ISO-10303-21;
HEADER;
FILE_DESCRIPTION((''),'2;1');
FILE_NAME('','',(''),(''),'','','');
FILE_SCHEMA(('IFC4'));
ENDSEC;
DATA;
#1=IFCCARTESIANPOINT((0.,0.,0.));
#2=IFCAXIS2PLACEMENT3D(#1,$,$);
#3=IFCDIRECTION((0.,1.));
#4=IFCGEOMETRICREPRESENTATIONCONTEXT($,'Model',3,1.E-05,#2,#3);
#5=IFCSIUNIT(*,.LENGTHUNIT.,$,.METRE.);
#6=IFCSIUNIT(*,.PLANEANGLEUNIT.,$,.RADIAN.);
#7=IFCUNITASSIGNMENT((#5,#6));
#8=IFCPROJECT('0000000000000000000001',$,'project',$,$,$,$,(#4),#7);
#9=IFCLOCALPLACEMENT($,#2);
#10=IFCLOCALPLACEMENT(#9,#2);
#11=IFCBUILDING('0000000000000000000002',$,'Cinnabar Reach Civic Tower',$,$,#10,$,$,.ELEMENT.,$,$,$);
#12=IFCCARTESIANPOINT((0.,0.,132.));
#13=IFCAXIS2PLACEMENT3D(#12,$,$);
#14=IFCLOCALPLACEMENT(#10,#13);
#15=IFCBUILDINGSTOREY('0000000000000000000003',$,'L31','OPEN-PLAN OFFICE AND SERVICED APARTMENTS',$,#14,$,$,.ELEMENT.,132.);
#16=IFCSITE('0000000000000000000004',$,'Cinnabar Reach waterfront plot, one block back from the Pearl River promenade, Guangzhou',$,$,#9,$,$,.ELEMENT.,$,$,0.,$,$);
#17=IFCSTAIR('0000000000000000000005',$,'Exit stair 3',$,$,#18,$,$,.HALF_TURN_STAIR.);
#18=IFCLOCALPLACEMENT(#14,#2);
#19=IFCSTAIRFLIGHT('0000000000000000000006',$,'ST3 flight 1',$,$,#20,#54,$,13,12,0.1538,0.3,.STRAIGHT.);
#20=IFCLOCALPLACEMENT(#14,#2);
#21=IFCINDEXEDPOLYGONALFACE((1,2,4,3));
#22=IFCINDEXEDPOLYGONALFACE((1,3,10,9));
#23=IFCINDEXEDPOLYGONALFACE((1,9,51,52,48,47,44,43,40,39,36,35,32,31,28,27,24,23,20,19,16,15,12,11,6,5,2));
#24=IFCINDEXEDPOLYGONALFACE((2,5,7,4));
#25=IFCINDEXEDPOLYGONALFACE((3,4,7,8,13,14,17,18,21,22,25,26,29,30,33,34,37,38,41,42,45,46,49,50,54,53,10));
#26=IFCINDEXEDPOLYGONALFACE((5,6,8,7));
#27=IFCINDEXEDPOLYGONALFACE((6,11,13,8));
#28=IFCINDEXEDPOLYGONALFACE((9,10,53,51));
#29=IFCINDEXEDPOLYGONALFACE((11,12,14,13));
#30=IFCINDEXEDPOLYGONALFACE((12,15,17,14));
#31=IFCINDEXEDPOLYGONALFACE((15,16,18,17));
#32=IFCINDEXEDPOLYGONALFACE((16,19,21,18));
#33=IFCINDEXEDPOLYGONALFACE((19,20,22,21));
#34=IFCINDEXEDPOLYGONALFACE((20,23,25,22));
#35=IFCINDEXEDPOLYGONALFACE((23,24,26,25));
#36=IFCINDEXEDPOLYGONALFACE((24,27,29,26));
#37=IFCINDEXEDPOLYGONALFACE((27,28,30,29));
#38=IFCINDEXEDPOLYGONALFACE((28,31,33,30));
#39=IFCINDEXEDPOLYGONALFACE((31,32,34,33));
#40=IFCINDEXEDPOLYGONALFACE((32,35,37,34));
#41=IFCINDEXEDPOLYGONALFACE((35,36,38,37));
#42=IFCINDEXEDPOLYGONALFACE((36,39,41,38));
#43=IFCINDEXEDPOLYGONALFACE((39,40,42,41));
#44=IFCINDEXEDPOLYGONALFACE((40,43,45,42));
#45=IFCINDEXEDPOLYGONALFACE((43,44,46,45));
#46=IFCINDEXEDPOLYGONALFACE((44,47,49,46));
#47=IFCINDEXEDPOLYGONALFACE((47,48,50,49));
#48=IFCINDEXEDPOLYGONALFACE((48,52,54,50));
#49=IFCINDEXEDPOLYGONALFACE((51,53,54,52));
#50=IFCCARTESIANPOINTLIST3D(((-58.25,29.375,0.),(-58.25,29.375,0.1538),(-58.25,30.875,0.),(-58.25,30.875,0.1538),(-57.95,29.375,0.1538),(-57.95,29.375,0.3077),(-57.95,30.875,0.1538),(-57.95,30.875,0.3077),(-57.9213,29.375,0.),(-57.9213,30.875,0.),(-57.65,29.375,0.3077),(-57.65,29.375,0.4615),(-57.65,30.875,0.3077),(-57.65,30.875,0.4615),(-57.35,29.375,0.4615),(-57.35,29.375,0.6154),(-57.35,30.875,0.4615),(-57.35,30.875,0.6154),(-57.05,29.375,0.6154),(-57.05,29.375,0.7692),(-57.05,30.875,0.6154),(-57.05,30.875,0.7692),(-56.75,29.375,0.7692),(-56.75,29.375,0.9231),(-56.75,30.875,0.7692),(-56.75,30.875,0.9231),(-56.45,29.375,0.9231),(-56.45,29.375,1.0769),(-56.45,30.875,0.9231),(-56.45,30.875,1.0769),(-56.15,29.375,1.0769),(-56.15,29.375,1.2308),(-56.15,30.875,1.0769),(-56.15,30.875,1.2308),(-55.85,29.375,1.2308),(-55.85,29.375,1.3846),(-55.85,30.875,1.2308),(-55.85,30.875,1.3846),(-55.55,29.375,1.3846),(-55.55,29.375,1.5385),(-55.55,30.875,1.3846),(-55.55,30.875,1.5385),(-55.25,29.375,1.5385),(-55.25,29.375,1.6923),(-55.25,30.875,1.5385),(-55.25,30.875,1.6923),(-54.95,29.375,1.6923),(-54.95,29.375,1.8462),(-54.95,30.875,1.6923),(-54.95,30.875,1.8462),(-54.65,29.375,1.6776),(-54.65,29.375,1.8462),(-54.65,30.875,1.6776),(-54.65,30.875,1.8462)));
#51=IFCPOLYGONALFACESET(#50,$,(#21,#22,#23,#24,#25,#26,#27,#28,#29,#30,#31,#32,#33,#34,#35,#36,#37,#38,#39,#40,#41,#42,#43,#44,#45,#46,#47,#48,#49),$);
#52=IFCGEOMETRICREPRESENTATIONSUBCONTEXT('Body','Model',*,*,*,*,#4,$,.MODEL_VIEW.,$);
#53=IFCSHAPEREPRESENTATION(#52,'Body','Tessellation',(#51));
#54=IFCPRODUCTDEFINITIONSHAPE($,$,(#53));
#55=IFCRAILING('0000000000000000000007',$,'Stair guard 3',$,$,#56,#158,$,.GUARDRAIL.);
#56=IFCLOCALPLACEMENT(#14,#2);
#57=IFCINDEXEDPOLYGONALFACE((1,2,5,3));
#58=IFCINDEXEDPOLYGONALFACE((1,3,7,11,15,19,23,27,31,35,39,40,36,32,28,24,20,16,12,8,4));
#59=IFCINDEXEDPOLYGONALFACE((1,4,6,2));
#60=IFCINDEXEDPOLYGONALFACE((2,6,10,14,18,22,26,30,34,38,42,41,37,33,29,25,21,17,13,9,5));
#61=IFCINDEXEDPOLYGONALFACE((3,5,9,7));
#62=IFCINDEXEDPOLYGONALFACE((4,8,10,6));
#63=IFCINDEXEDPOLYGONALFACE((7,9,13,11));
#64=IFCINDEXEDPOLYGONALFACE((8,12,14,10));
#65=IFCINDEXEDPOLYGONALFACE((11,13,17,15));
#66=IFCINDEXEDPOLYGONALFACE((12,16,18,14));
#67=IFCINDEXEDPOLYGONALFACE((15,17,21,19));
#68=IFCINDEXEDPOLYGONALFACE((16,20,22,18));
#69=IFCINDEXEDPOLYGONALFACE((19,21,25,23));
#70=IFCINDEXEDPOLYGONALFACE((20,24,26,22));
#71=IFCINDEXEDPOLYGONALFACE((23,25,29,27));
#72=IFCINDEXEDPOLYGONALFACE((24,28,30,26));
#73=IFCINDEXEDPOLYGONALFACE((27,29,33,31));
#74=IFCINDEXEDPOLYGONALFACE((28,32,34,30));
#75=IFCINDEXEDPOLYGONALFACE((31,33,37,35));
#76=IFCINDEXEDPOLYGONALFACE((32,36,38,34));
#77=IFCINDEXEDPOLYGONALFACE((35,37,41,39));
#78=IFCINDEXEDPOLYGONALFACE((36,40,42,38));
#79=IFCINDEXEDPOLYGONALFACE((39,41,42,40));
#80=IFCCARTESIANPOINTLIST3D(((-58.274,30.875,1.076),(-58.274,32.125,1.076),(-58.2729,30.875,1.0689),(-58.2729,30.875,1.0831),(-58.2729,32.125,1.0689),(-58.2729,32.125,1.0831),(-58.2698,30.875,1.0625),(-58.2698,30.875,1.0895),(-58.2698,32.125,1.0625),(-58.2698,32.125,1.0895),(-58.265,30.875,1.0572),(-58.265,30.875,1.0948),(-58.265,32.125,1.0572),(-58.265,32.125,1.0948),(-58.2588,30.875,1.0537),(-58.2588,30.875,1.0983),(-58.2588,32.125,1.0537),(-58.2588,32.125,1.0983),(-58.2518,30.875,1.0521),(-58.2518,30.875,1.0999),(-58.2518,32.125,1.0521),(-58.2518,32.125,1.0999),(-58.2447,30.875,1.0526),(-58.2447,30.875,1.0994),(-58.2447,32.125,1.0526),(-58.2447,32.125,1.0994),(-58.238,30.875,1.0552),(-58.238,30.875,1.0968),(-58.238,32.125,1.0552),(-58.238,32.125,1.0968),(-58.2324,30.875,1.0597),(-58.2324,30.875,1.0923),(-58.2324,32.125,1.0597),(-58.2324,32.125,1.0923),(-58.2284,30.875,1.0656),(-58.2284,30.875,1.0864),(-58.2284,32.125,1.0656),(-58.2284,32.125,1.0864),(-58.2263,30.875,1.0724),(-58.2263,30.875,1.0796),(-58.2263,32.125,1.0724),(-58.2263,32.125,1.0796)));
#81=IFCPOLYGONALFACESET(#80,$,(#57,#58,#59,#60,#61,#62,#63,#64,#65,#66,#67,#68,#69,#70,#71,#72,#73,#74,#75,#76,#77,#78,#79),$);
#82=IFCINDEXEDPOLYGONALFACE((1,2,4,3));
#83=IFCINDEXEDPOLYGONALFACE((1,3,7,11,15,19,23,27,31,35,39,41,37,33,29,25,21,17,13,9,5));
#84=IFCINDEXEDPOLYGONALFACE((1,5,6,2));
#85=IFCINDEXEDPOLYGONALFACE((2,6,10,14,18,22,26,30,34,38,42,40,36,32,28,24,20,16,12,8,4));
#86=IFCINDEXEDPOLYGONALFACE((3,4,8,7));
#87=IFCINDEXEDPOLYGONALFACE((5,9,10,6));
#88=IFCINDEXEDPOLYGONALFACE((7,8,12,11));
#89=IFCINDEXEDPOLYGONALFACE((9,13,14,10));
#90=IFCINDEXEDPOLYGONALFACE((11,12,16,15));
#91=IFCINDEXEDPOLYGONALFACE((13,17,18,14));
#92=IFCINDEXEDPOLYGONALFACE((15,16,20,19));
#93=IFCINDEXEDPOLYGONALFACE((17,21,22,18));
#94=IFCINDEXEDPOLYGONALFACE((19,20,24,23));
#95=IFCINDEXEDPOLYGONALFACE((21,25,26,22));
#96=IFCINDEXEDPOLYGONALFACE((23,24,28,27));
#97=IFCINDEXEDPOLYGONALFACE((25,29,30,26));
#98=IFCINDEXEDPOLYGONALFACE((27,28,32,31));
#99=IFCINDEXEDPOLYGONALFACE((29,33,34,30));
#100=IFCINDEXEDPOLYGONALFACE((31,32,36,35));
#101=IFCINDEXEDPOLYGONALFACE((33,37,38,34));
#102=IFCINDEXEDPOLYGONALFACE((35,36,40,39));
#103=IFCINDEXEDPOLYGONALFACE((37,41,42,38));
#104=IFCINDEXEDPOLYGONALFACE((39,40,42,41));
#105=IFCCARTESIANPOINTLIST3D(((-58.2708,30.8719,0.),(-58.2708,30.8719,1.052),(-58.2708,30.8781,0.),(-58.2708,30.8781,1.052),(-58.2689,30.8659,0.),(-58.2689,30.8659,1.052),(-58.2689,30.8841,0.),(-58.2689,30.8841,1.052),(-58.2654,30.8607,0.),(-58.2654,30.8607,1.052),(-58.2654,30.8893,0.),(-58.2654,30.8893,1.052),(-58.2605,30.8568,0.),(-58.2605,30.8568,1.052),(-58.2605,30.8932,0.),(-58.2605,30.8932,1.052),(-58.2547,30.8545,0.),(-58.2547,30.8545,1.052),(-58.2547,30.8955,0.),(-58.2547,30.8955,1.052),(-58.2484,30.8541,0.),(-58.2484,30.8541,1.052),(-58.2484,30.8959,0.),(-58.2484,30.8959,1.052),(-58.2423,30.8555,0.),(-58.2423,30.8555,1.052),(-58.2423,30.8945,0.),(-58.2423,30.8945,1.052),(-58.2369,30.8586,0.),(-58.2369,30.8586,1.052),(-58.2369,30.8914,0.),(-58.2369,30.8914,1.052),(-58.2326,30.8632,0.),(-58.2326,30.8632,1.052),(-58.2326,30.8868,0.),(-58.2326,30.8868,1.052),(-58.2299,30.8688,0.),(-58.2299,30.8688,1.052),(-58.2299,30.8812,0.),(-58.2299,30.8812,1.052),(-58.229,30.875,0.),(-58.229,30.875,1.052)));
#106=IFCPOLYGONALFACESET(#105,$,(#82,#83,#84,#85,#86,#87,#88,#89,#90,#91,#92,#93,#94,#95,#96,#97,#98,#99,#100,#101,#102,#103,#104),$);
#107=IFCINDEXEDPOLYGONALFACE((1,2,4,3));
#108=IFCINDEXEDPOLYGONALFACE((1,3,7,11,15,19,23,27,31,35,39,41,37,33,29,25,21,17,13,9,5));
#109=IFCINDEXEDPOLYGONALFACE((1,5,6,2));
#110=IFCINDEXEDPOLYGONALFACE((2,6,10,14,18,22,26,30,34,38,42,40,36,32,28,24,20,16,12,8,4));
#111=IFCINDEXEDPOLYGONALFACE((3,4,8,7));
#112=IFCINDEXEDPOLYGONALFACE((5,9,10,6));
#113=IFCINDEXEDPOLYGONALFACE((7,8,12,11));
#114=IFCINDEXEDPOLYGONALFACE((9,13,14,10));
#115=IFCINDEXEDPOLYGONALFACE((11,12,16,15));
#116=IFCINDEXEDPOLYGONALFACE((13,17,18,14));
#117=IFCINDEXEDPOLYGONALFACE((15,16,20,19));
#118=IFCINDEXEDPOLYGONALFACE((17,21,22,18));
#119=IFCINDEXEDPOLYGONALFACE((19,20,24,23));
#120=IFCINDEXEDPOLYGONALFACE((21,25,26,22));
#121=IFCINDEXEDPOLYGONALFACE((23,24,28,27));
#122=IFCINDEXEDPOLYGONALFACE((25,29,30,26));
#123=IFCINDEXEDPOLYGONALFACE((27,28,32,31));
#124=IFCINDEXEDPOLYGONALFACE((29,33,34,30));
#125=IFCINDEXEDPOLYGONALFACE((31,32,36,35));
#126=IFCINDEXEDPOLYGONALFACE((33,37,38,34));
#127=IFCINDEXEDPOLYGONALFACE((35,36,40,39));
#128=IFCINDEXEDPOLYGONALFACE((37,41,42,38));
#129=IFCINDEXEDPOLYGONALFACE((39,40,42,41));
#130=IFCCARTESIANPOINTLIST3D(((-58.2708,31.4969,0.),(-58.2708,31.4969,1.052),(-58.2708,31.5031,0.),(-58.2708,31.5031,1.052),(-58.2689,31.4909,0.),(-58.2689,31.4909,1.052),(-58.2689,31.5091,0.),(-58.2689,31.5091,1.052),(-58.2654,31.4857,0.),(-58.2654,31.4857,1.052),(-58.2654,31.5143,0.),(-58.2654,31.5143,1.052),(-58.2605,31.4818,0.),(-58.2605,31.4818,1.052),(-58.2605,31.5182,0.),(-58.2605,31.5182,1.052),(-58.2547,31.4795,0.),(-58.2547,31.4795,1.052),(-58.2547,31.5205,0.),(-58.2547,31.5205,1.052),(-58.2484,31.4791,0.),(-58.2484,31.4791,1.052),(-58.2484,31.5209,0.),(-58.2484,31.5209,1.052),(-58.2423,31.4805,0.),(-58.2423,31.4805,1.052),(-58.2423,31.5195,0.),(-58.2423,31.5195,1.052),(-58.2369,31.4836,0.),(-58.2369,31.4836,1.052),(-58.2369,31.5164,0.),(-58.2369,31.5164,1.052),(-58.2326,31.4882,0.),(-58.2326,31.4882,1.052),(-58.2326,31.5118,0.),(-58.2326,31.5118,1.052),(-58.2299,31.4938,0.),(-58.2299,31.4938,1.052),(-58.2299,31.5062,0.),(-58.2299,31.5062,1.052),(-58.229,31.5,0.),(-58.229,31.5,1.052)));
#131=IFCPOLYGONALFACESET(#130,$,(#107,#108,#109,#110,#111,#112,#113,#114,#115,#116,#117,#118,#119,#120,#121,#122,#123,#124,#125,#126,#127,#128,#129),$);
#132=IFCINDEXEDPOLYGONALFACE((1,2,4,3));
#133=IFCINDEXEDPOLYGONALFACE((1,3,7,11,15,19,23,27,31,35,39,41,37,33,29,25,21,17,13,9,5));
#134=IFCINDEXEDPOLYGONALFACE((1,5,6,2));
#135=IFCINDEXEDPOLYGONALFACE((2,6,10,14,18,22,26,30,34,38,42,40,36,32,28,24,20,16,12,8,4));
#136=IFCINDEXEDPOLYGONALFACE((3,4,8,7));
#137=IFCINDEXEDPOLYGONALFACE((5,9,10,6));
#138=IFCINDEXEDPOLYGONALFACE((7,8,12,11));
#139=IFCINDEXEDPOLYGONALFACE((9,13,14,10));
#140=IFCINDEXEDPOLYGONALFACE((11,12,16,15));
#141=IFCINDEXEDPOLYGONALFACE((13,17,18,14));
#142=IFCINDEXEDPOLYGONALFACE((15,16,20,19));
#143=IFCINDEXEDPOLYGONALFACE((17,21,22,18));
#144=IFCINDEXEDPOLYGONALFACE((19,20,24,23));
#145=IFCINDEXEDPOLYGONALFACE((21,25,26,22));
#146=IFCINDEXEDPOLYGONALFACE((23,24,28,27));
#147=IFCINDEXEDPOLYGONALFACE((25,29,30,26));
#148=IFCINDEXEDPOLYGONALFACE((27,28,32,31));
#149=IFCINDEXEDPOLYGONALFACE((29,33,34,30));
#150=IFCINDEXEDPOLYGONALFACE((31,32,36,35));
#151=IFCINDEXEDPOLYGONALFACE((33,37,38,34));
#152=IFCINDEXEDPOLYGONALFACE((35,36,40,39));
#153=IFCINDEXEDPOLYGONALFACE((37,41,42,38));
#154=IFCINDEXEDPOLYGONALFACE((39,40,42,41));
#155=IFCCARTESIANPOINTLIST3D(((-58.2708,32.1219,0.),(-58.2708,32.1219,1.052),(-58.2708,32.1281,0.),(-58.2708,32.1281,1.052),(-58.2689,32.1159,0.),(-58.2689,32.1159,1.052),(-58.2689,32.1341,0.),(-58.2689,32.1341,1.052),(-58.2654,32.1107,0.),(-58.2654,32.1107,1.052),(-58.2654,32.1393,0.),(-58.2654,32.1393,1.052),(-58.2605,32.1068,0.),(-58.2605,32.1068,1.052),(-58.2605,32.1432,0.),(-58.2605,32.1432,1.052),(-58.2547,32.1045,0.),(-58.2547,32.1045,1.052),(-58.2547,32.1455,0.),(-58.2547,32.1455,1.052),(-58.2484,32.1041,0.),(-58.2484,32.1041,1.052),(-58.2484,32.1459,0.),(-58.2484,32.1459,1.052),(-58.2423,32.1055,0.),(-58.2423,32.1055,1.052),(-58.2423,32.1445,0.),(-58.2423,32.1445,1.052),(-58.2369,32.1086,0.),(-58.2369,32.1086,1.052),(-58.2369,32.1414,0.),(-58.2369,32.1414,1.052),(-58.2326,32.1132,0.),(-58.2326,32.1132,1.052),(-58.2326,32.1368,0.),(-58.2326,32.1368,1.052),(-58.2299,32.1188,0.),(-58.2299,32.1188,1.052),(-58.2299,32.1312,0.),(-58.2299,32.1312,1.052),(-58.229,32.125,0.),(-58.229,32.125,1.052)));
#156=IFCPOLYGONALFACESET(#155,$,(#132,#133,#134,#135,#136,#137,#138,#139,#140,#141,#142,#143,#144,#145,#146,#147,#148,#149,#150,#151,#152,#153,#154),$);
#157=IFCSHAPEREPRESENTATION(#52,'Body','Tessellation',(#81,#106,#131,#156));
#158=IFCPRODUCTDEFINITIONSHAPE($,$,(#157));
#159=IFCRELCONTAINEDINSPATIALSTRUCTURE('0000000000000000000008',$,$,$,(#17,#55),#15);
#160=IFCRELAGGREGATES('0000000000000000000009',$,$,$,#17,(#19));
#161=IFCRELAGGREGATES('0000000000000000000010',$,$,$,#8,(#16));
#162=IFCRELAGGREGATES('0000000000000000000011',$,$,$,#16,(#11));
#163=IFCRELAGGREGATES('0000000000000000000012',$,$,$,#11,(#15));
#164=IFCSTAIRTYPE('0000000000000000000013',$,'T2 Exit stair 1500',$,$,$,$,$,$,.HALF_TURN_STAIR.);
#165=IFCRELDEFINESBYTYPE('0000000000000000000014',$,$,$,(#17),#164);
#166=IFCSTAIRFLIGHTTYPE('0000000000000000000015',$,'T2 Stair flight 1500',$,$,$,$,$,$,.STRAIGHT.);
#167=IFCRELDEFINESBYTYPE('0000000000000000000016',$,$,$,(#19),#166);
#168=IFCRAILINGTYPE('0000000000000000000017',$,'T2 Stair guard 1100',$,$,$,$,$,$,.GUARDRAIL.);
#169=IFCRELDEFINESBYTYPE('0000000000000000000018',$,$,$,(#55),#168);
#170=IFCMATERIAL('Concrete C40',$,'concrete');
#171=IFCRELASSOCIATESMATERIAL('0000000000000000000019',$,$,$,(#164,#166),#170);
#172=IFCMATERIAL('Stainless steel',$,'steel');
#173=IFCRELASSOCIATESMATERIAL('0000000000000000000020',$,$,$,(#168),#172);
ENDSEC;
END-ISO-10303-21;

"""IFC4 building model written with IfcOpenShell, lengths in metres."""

from ifc_helpers import new_model, si_unit, direction, frame, origin, origin_2d, place, context, subcontext, project, spatial, polyline, circle, outline, extrude, material, type_object, element, aggregate, save


model = new_model("IFC4")

# Units and contexts
model_context = context("Model", 3, precision=1e-05, world=origin(), true_north=direction((0.0, 1.0)))
body_context = subcontext(model_context, "Body", "Model", "MODEL_VIEW")
ifc_project = project(units=[si_unit("LENGTHUNIT", "METRE"), si_unit("PLANEANGLEUNIT", "RADIAN")], contexts=[model_context])

# Site, building, storey
site_placement = place(None, origin())
site = spatial("IfcSite", under=ifc_project, at=site_placement, Name="Cinnabar Reach waterfront plot, one block back from the Pearl River promenade, Guangzhou", CompositionType="ELEMENT", RefElevation=0.0)
building_placement = place(site_placement, origin())
building = spatial("IfcBuilding", under=site, at=building_placement, Name="Cinnabar Reach Civic Tower", CompositionType="ELEMENT")
storey_placement = place(building_placement, frame((0.0, 0.0, 132.0)))
storey = spatial("IfcBuildingStorey", under=building, at=storey_placement, Name="L31", Description="OPEN-PLAN OFFICE AND SERVICED APARTMENTS", CompositionType="ELEMENT", Elevation=132.0)

# Stair, stair flight
ifc_material_1 = material(Name="Concrete C40", Category="concrete")
stair_type = type_object("IfcStairType", Name="T2 Exit stair 1500", PredefinedType="HALF_TURN_STAIR", material=ifc_material_1)
stair_placement = place(storey_placement, origin())
stair = element("IfcStair", 1, at=stair_placement, inside=storey, type_object=stair_type, Name="Exit stair 3", PredefinedType="HALF_TURN_STAIR")
stair_flight_type = type_object("IfcStairFlightType", Name="T2 Stair flight 1500", PredefinedType="STRAIGHT", material=ifc_material_1)
stair_flight_placement = place(storey_placement, frame((-58.25, 30.125, 0.0), z_axis=(0.0, 0.0, 1.0), x_axis=(1.0, 0.0, 0.0)))
stair_flight = element("IfcStairFlight", 2, at=stair_flight_placement, type_object=stair_flight_type, Name="ST3 flight 1", NumberOfRisers=13, NumberOfTreads=12, PredefinedType="STRAIGHT", RiserHeight=0.1538, TreadLength=0.3, context=body_context, shape_type="SweptSolid", body=[
    extrude(outline(polyline([(0.0, 0.0), (0.0, 0.1538), (0.3, 0.1538), (0.3, 0.3077), (0.6, 0.3077), (0.6, 0.4615), (0.9, 0.4615), (0.9, 0.6154), (1.2, 0.6154), (1.2, 0.7692), (1.5, 0.7692), (1.5, 0.9231), (1.8, 0.9231), (1.8, 1.0769), (2.1, 1.0769), (2.1, 1.2308), (2.4, 1.2308), (2.4, 1.3846), (2.7, 1.3846), (2.7, 1.5385), (3.0, 1.5385), (3.0, 1.6923), (3.3, 1.6923), (3.3, 1.8462), (3.6, 1.8462), (3.6, 2.0), (3.6, 1.6776), (0.3287, 0.0), (0.0, 0.0)])), frame((0.0, 0.75, 0.0), z_axis=(0.0, -1.0, 0.0), x_axis=(1.0, 0.0, 0.0)), (0.0, 0.0, 1.0), 1.5),
])
aggregate(stair, [stair_flight])

# Railing
ifc_material_2 = material(Name="Stainless steel", Category="steel")
railing_type = type_object("IfcRailingType", Name="T2 Stair guard 1100", PredefinedType="GUARDRAIL", material=ifc_material_2)
for number, where, name in (
    (3, (-58.25, 30.875, 0.0), "Stair guard 3"),
):
    element("IfcRailing", number, at=place(storey_placement, frame(where)), inside=storey, type_object=railing_type, Name=name, PredefinedType="GUARDRAIL", context=body_context, shape_type="SweptSolid", body=[
        extrude(circle(Radius=0.024, at=origin_2d()), frame((0.0, 0.0, 1.076), z_axis=(0.0, 1.0, 0.0), x_axis=(-1.0, 0.0, 0.0)), (0.0, 0.0, 1.0), 1.25),
        extrude(circle(Radius=0.021, at=origin_2d()), origin(), (0.0, 0.0, 1.0), 1.052),
        extrude(circle(Radius=0.021, at=origin_2d()), frame((0.0, 0.625, 0.0)), (0.0, 0.0, 1.0), 1.052),
        extrude(circle(Radius=0.021, at=origin_2d()), frame((0.0, 1.25, 0.0)), (0.0, 0.0, 1.0), 1.052),
    ])

save(model, "model.ifc")
